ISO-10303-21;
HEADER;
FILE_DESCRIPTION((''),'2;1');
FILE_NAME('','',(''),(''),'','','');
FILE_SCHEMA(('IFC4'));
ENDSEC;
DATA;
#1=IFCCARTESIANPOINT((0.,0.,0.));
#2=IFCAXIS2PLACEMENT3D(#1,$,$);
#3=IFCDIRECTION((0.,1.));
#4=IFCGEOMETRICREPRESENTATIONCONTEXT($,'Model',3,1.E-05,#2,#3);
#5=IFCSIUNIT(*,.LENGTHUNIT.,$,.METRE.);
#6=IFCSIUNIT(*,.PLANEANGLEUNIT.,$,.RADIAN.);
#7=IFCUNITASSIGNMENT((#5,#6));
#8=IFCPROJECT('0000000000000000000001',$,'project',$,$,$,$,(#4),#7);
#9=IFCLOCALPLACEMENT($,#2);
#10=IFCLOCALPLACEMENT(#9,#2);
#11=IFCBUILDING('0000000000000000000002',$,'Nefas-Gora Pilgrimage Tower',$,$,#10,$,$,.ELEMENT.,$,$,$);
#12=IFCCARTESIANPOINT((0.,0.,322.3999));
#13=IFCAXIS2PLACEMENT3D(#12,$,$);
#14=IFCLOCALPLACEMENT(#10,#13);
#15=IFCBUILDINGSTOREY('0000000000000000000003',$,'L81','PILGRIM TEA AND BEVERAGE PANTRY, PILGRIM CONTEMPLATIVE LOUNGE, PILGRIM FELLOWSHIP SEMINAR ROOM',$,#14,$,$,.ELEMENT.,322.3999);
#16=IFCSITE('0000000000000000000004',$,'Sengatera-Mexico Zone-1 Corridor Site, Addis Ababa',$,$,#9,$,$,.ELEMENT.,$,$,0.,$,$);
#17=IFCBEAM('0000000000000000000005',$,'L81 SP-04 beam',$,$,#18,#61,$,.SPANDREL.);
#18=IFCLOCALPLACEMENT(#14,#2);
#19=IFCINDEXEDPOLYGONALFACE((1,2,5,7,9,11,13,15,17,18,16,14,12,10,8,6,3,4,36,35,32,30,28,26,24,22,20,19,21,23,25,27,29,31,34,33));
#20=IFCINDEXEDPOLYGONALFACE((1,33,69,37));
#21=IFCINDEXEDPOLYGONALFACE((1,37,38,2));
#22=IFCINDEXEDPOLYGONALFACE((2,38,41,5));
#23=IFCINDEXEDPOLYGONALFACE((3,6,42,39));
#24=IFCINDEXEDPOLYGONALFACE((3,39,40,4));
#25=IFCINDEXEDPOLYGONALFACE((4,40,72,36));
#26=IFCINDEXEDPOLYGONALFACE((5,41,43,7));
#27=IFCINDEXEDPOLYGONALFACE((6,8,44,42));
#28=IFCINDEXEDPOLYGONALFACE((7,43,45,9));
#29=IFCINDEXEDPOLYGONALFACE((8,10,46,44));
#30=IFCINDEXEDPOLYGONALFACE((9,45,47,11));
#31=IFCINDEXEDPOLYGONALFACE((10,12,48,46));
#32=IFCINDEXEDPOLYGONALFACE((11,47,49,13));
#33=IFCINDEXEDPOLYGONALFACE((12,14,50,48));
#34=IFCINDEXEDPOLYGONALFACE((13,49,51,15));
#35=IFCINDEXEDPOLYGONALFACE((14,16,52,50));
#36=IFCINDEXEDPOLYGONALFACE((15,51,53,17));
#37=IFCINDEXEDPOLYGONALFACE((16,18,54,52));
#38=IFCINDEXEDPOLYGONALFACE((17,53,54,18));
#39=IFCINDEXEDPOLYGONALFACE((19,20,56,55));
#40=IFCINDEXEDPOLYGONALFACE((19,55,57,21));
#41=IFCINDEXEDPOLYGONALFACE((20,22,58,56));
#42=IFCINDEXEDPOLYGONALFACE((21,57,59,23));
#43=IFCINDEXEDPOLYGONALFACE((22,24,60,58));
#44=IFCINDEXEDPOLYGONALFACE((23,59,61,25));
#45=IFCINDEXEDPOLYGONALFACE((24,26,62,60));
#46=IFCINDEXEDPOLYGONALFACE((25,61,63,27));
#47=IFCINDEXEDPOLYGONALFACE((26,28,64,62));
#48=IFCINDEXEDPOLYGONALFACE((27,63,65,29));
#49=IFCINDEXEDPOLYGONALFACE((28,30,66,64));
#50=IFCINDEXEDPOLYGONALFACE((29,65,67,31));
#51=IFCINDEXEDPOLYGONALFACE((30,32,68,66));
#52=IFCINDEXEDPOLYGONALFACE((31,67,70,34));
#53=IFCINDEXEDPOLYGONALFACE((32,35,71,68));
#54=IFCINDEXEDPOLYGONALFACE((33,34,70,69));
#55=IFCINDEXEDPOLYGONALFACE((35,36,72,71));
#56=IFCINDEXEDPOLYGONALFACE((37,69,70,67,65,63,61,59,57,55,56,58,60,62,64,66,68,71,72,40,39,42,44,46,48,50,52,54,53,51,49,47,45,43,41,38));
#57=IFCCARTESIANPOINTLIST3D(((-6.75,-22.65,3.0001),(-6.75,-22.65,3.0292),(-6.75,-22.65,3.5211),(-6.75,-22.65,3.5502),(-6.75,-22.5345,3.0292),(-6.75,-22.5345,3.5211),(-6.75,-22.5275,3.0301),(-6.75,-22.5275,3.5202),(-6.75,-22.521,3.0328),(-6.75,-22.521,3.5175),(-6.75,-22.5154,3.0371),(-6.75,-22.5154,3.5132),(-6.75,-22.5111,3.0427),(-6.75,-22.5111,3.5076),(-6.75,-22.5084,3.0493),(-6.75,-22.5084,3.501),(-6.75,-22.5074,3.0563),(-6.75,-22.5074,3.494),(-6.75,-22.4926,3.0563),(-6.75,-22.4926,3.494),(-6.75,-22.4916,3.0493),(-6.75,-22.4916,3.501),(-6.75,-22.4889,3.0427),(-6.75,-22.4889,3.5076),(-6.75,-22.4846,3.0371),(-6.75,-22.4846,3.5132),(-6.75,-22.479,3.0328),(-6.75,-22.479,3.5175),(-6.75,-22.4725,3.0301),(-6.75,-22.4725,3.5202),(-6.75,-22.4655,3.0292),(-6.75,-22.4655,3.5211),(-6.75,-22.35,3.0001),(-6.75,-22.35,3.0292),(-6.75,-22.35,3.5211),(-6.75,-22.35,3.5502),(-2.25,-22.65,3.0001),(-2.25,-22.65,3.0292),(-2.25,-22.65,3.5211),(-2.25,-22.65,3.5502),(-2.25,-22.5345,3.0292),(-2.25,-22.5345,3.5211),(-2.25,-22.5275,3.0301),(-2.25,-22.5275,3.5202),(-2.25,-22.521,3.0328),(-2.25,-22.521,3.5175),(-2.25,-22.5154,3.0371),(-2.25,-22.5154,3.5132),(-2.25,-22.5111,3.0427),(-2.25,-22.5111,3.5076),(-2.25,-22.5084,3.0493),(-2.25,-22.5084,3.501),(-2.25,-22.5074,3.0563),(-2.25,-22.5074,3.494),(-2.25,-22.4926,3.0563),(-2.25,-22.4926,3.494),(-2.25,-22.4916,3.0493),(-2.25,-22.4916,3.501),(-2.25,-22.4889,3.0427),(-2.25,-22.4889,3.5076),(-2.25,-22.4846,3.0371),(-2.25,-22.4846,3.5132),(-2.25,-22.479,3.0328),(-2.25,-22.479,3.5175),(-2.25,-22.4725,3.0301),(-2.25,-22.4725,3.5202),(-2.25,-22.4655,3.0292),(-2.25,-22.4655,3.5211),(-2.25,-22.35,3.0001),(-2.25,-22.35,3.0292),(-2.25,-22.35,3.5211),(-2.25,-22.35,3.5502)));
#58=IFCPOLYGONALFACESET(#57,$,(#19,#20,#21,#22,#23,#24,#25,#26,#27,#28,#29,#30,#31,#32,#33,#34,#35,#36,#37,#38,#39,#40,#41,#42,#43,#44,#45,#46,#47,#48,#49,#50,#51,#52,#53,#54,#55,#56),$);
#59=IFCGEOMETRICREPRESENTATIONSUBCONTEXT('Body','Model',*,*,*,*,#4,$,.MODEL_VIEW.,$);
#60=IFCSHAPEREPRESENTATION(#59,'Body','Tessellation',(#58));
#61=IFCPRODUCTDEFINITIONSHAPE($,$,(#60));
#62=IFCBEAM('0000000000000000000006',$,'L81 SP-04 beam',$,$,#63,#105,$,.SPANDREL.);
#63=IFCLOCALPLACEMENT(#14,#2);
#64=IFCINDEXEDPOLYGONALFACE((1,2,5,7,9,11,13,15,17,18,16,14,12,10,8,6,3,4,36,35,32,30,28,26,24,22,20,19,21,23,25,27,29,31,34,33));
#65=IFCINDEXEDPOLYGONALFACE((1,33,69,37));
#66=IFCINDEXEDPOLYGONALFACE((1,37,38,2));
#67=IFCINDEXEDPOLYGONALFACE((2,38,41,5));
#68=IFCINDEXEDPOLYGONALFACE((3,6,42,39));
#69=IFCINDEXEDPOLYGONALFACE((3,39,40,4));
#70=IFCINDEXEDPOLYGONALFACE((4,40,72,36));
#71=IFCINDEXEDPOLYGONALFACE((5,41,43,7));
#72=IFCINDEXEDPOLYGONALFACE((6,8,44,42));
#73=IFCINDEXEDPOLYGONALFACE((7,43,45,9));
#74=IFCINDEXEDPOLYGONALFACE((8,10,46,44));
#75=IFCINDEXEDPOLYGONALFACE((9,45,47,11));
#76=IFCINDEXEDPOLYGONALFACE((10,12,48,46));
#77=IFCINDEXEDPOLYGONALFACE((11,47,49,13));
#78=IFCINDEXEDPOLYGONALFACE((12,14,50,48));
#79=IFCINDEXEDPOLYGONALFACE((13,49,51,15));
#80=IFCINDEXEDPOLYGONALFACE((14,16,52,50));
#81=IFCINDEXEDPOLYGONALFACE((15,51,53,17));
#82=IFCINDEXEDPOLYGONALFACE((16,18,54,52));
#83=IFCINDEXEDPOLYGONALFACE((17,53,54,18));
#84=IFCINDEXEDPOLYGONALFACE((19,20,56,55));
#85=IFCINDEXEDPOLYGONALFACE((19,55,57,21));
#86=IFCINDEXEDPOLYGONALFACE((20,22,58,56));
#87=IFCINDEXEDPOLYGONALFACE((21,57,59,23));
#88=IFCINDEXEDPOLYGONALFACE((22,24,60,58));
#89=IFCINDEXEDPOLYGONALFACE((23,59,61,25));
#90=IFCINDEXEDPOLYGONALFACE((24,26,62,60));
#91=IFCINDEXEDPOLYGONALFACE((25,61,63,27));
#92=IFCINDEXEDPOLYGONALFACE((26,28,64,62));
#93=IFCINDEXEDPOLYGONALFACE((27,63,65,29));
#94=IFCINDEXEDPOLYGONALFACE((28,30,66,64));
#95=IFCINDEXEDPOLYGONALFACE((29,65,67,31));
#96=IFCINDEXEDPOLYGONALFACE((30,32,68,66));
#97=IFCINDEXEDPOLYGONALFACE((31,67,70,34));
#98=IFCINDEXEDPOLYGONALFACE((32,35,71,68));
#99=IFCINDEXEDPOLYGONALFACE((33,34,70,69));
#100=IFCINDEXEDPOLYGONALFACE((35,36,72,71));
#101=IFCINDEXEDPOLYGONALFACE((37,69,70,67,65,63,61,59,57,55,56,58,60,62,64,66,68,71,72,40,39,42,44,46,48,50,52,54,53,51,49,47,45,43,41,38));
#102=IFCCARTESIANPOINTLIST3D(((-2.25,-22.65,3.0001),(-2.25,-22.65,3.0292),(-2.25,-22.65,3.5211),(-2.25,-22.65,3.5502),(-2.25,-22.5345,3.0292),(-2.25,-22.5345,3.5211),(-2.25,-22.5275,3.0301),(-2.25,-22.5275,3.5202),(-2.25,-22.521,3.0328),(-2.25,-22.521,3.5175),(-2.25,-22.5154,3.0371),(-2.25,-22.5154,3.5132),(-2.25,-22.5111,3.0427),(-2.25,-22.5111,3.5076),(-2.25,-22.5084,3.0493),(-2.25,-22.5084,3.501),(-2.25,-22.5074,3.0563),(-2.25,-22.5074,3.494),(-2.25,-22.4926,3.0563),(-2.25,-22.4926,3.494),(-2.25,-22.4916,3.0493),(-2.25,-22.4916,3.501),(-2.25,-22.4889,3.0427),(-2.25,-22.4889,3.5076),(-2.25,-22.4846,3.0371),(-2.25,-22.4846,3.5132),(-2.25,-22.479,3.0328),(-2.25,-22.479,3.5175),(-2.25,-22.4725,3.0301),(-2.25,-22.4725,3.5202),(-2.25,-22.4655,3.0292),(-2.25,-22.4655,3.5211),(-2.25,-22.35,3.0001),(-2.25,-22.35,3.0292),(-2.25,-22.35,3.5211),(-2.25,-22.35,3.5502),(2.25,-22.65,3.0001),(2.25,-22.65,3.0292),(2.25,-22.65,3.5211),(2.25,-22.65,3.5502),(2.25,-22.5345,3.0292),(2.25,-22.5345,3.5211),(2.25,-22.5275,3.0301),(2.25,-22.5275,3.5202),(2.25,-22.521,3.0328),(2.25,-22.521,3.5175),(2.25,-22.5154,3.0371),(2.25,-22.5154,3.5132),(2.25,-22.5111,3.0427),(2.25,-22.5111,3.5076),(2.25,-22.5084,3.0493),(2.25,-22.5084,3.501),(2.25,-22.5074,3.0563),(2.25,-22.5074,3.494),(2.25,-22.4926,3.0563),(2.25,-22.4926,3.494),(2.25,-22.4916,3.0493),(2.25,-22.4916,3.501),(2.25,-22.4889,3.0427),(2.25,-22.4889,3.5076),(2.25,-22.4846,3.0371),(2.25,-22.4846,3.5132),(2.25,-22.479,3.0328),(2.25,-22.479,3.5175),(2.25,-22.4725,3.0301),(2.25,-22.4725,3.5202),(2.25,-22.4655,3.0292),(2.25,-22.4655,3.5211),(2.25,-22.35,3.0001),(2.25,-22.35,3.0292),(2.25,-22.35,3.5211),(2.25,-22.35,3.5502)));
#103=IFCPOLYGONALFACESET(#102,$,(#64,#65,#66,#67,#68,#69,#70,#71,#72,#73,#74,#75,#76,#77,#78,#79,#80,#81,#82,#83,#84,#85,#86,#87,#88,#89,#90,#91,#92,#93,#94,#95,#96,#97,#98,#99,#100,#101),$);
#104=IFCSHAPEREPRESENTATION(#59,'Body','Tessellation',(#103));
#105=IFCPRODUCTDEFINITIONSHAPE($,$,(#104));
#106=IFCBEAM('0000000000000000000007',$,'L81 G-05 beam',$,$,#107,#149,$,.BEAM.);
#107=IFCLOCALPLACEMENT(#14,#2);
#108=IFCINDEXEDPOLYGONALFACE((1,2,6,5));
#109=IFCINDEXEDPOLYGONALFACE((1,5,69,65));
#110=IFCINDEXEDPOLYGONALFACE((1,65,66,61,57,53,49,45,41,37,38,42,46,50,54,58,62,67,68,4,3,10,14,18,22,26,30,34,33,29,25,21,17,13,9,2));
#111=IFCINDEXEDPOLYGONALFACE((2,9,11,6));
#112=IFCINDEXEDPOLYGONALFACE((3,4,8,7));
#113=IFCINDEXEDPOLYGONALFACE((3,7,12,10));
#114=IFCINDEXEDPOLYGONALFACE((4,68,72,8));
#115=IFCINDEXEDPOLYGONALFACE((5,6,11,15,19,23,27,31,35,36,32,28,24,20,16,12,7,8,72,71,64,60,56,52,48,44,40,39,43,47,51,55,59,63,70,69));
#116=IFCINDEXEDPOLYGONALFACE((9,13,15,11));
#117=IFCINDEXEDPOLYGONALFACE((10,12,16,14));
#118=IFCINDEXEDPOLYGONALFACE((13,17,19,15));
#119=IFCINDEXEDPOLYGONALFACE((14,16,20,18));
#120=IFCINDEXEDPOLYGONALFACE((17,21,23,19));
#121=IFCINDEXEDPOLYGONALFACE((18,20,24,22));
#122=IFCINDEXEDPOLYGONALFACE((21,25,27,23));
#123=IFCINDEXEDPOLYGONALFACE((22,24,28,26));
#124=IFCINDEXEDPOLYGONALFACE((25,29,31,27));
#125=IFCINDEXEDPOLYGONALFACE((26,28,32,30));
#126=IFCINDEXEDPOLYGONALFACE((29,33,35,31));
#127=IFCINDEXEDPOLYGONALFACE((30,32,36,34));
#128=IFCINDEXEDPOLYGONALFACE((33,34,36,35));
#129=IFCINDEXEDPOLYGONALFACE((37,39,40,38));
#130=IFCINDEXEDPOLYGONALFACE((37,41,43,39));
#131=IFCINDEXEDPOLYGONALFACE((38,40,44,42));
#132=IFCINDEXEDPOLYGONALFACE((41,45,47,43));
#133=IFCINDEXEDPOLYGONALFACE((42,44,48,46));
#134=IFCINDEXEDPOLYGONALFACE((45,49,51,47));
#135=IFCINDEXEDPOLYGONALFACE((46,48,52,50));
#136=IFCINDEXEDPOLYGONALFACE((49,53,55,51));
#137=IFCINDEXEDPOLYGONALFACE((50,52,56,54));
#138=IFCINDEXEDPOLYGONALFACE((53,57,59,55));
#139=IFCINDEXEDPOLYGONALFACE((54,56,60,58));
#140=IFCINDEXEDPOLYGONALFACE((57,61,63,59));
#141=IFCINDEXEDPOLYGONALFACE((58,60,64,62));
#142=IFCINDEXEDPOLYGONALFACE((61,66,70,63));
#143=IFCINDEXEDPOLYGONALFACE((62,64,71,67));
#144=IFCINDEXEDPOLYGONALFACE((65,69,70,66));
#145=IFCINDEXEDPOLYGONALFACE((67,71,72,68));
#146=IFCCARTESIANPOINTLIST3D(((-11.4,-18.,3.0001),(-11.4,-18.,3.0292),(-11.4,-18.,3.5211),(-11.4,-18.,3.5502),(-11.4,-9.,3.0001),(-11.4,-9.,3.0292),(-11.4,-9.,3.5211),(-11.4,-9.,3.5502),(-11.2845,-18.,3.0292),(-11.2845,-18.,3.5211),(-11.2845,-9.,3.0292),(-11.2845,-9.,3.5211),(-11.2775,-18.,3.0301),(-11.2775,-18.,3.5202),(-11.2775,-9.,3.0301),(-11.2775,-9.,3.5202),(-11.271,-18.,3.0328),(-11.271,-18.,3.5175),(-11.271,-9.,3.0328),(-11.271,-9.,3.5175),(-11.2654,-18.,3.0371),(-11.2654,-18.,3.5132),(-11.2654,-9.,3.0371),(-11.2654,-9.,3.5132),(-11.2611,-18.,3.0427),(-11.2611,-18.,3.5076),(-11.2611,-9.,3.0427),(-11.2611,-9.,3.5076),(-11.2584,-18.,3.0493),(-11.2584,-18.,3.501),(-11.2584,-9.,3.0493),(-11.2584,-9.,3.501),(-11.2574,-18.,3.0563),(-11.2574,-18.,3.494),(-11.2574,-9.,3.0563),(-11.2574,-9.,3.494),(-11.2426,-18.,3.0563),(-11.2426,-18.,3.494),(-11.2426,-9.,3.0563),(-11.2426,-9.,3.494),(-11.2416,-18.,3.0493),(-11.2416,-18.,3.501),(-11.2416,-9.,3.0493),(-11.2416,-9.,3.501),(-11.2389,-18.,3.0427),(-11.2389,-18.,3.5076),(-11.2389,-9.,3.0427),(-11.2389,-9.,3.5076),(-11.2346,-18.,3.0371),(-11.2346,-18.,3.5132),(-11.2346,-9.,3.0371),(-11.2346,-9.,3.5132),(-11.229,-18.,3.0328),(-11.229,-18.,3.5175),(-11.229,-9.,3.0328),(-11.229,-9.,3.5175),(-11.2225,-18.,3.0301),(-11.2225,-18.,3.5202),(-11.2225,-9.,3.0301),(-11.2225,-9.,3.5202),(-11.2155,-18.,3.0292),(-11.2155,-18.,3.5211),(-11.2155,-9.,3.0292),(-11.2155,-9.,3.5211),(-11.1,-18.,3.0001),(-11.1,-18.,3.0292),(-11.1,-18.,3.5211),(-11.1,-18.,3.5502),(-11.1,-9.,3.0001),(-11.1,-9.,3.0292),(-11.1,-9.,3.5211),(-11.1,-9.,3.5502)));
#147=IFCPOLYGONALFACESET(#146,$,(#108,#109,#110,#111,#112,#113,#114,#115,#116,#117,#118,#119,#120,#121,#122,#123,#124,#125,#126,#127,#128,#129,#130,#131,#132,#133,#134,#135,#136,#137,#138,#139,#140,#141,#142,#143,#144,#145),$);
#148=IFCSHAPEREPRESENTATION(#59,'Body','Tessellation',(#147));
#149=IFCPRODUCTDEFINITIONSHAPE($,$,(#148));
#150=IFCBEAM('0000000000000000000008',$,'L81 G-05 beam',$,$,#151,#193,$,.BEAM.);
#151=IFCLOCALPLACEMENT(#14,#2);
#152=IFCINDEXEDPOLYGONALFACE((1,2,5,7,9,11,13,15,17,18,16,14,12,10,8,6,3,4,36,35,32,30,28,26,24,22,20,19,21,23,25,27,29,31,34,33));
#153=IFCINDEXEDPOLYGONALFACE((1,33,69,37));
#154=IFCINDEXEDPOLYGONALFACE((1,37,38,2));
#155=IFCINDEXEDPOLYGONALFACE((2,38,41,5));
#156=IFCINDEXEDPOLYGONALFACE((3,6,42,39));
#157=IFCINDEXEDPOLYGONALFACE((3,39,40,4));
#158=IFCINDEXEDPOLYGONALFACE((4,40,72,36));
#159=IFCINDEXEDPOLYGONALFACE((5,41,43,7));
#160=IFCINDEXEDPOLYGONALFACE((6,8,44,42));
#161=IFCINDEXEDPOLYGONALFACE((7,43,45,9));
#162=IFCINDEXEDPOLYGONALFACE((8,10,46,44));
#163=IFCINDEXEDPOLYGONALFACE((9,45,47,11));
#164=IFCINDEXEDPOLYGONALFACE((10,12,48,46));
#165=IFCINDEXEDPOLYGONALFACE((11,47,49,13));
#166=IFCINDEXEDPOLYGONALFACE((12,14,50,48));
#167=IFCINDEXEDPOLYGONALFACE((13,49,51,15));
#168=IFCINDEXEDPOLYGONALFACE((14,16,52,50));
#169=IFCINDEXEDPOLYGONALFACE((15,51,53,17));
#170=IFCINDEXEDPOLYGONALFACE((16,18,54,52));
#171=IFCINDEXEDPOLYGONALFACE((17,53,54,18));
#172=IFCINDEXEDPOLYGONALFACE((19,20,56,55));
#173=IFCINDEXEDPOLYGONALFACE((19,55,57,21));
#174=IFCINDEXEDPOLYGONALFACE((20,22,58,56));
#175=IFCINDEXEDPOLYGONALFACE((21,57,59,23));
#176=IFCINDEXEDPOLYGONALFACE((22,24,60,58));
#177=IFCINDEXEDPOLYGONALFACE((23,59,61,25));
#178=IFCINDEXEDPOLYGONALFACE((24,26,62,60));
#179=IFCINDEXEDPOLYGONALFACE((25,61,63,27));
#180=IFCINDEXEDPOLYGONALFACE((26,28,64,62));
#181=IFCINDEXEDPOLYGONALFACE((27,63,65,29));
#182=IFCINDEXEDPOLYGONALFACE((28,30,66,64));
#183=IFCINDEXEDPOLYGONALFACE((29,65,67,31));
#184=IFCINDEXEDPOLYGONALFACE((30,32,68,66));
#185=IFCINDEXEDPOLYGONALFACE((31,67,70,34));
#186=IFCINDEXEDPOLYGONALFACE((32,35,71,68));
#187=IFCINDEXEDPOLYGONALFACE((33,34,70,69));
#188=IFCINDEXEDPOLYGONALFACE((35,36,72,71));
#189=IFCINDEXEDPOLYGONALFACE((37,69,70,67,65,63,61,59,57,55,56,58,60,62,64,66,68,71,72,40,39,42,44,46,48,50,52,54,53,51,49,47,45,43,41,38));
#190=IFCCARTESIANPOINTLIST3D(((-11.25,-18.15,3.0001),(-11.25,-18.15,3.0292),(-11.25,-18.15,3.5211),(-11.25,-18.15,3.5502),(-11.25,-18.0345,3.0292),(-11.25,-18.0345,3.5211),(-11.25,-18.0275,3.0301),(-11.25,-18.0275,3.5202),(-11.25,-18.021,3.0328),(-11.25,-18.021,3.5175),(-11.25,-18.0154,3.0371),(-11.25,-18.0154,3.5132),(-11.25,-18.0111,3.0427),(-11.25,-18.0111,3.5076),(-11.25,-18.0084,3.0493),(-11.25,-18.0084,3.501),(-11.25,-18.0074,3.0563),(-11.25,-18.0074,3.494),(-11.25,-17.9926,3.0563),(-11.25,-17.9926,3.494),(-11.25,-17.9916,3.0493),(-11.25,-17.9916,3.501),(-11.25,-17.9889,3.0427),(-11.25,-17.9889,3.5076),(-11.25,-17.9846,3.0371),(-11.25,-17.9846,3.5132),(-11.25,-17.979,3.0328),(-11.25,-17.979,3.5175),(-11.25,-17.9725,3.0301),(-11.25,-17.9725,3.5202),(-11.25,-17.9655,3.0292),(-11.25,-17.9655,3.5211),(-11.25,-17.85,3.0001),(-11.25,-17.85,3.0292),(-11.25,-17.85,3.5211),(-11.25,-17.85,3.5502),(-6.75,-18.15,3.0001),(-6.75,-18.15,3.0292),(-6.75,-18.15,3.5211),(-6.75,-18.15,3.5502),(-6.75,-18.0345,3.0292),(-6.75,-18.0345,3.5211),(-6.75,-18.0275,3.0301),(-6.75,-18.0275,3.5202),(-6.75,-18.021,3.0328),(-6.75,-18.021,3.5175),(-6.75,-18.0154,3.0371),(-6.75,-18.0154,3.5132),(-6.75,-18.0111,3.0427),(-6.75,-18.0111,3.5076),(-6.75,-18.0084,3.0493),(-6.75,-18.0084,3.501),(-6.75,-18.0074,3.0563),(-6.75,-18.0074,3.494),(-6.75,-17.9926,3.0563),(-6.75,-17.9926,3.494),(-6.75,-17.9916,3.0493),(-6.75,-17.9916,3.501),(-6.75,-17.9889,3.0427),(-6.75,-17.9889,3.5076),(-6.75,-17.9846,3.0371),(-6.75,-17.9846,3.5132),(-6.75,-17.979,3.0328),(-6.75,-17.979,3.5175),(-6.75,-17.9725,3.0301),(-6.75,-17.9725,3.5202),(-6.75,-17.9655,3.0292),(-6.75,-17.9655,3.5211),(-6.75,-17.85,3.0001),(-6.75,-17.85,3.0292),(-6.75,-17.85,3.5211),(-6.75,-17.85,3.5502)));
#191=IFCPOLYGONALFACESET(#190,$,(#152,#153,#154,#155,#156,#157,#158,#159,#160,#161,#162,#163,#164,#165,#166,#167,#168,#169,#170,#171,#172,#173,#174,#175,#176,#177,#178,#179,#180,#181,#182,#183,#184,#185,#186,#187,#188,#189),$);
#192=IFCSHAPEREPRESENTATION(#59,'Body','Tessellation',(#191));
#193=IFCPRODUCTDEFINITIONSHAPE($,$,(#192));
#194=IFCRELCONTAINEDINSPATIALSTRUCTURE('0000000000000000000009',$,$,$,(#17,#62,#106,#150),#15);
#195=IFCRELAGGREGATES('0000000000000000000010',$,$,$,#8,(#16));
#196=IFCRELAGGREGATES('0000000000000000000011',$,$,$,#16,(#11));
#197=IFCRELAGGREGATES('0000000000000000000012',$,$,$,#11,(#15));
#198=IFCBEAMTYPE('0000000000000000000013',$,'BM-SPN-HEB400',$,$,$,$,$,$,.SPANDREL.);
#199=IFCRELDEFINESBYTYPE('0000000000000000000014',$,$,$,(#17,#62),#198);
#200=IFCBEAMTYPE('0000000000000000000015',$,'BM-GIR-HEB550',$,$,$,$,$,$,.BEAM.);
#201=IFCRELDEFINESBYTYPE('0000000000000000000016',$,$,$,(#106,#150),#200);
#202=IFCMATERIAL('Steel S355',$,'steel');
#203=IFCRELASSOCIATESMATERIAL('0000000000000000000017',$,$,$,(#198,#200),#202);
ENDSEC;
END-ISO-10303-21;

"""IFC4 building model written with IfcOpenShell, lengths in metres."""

from ifc_helpers import new_model, si_unit, direction, frame, origin, origin_2d, place, context, subcontext, project, spatial, i_section, extrude, source, transform, mapped, material, material_profile, profile_set, type_object, element, save


model = new_model("IFC4")

# Units and contexts
model_context = context("Model", 3, precision=1e-05, world=origin(), true_north=direction((0.0, 1.0)))
body_context = subcontext(model_context, "Body", "Model", "MODEL_VIEW")
ifc_project = project(units=[si_unit("LENGTHUNIT", "METRE"), si_unit("PLANEANGLEUNIT", "RADIAN")], contexts=[model_context])

# Site, building, storey
site_placement = place(None, origin())
site = spatial("IfcSite", under=ifc_project, at=site_placement, Name="Sengatera-Mexico Zone-1 Corridor Site, Addis Ababa", CompositionType="ELEMENT", RefElevation=0.0)
building_placement = place(site_placement, origin())
building = spatial("IfcBuilding", under=site, at=building_placement, Name="Nefas-Gora Pilgrimage Tower", CompositionType="ELEMENT")
storey_placement = place(building_placement, frame((0.0, 0.0, 322.3999)))
storey = spatial("IfcBuildingStorey", under=building, at=storey_placement, Name="L81", Description="PILGRIM TEA AND BEVERAGE PANTRY, PILGRIM CONTEMPLATIVE LOUNGE, PILGRIM FELLOWSHIP SEMINAR ROOM", CompositionType="ELEMENT", Elevation=322.3999)

# Shared definitions
ifc_material_1 = material(Name="Steel S355", Category="steel")

# Beams
ifc_material_profile_1 = material_profile(ifc_material_1, i_section(OverallWidth=0.3, OverallDepth=0.55, WebThickness=0.0149, FlangeThickness=0.0291, FilletRadius=0.0271, at=origin_2d()), Name="HEB 550")
ifc_profile_set_1 = profile_set([ifc_material_profile_1], Name="Steel S355")
beam_type_1 = type_object("IfcBeamType", Name="BM-SPN-HEB400", PredefinedType="SPANDREL", material=ifc_profile_set_1)
shared_shape_1 = source(origin(), body_context, "Body", "SweptSolid", [
    extrude(i_section(OverallWidth=0.3, OverallDepth=0.55, WebThickness=0.0149, FlangeThickness=0.0291, FilletRadius=0.0271, at=origin_2d()), origin(), (0.0, 0.0, 1.0), 4.5),
])
for number, where, z_axis, x_axis, name in (
    (1, (-6.75, -22.5, 3.2751), (1.0, 0.0, 0.0), (0.0, 1.0, 0.0), "L81 SP-04 beam"),
    (2, (-2.25, -22.5, 3.2751), (1.0, 0.0, 0.0), (0.0, 1.0, 0.0), "L81 SP-04 beam"),
):
    element("IfcBeam", number, at=place(storey_placement, frame(where, z_axis=z_axis, x_axis=x_axis)), inside=storey, type_object=beam_type_1, Name=name, PredefinedType="SPANDREL", context=body_context, shape_type="MappedRepresentation", body=[
        mapped(shared_shape_1, transform((0.0, 0.0, 0.0), x_axis=(1.0, 0.0, 0.0), y_axis=(0.0, 1.0, 0.0), z_axis=(0.0, 0.0, 1.0), scale=1.0)),
    ])
ifc_material_profile_2 = material_profile(ifc_material_1, i_section(OverallWidth=0.3, OverallDepth=0.55, WebThickness=0.0149, FlangeThickness=0.0291, FilletRadius=0.0271, at=origin_2d()), Name="HEB 550")
ifc_profile_set_2 = profile_set([ifc_material_profile_2], Name="Steel S355")
beam_type_2 = type_object("IfcBeamType", Name="BM-GIR-HEB550", PredefinedType="BEAM", material=ifc_profile_set_2)
shared_shape_2 = source(origin(), body_context, "Body", "SweptSolid", [
    extrude(i_section(OverallWidth=0.3, OverallDepth=0.55, WebThickness=0.0149, FlangeThickness=0.0291, FilletRadius=0.0271, at=origin_2d()), origin(), (0.0, 0.0, 1.0), 9.0),
])
beam_placement = place(storey_placement, frame((-11.25, -18.0, 3.2751), z_axis=(0.0, 1.0, 0.0), x_axis=(-1.0, 0.0, 0.0)))
element("IfcBeam", 3, at=beam_placement, inside=storey, type_object=beam_type_2, Name="L81 G-05 beam", PredefinedType="BEAM", context=body_context, shape_type="MappedRepresentation", body=[
    mapped(shared_shape_2, transform((0.0, 0.0, 0.0), x_axis=(1.0, 0.0, 0.0), y_axis=(0.0, 1.0, 0.0), z_axis=(0.0, 0.0, 1.0), scale=1.0)),
])
shared_shape_3 = source(origin(), body_context, "Body", "SweptSolid", [
    extrude(i_section(OverallWidth=0.3, OverallDepth=0.55, WebThickness=0.0149, FlangeThickness=0.0291, FilletRadius=0.0271, at=origin_2d()), origin(), (0.0, 0.0, 1.0), 4.5),
])
for number, where, z_axis, x_axis, name in (
    (4, (-11.25, -18.0, 3.2751), (1.0, 0.0, 0.0), (0.0, 1.0, 0.0), "L81 G-05 beam"),
):
    element("IfcBeam", number, at=place(storey_placement, frame(where, z_axis=z_axis, x_axis=x_axis)), inside=storey, type_object=beam_type_2, Name=name, PredefinedType="BEAM", context=body_context, shape_type="MappedRepresentation", body=[
        mapped(shared_shape_3, transform((0.0, 0.0, 0.0), x_axis=(1.0, 0.0, 0.0), y_axis=(0.0, 1.0, 0.0), z_axis=(0.0, 0.0, 1.0), scale=1.0)),
    ])

save(model, "model.ifc")
